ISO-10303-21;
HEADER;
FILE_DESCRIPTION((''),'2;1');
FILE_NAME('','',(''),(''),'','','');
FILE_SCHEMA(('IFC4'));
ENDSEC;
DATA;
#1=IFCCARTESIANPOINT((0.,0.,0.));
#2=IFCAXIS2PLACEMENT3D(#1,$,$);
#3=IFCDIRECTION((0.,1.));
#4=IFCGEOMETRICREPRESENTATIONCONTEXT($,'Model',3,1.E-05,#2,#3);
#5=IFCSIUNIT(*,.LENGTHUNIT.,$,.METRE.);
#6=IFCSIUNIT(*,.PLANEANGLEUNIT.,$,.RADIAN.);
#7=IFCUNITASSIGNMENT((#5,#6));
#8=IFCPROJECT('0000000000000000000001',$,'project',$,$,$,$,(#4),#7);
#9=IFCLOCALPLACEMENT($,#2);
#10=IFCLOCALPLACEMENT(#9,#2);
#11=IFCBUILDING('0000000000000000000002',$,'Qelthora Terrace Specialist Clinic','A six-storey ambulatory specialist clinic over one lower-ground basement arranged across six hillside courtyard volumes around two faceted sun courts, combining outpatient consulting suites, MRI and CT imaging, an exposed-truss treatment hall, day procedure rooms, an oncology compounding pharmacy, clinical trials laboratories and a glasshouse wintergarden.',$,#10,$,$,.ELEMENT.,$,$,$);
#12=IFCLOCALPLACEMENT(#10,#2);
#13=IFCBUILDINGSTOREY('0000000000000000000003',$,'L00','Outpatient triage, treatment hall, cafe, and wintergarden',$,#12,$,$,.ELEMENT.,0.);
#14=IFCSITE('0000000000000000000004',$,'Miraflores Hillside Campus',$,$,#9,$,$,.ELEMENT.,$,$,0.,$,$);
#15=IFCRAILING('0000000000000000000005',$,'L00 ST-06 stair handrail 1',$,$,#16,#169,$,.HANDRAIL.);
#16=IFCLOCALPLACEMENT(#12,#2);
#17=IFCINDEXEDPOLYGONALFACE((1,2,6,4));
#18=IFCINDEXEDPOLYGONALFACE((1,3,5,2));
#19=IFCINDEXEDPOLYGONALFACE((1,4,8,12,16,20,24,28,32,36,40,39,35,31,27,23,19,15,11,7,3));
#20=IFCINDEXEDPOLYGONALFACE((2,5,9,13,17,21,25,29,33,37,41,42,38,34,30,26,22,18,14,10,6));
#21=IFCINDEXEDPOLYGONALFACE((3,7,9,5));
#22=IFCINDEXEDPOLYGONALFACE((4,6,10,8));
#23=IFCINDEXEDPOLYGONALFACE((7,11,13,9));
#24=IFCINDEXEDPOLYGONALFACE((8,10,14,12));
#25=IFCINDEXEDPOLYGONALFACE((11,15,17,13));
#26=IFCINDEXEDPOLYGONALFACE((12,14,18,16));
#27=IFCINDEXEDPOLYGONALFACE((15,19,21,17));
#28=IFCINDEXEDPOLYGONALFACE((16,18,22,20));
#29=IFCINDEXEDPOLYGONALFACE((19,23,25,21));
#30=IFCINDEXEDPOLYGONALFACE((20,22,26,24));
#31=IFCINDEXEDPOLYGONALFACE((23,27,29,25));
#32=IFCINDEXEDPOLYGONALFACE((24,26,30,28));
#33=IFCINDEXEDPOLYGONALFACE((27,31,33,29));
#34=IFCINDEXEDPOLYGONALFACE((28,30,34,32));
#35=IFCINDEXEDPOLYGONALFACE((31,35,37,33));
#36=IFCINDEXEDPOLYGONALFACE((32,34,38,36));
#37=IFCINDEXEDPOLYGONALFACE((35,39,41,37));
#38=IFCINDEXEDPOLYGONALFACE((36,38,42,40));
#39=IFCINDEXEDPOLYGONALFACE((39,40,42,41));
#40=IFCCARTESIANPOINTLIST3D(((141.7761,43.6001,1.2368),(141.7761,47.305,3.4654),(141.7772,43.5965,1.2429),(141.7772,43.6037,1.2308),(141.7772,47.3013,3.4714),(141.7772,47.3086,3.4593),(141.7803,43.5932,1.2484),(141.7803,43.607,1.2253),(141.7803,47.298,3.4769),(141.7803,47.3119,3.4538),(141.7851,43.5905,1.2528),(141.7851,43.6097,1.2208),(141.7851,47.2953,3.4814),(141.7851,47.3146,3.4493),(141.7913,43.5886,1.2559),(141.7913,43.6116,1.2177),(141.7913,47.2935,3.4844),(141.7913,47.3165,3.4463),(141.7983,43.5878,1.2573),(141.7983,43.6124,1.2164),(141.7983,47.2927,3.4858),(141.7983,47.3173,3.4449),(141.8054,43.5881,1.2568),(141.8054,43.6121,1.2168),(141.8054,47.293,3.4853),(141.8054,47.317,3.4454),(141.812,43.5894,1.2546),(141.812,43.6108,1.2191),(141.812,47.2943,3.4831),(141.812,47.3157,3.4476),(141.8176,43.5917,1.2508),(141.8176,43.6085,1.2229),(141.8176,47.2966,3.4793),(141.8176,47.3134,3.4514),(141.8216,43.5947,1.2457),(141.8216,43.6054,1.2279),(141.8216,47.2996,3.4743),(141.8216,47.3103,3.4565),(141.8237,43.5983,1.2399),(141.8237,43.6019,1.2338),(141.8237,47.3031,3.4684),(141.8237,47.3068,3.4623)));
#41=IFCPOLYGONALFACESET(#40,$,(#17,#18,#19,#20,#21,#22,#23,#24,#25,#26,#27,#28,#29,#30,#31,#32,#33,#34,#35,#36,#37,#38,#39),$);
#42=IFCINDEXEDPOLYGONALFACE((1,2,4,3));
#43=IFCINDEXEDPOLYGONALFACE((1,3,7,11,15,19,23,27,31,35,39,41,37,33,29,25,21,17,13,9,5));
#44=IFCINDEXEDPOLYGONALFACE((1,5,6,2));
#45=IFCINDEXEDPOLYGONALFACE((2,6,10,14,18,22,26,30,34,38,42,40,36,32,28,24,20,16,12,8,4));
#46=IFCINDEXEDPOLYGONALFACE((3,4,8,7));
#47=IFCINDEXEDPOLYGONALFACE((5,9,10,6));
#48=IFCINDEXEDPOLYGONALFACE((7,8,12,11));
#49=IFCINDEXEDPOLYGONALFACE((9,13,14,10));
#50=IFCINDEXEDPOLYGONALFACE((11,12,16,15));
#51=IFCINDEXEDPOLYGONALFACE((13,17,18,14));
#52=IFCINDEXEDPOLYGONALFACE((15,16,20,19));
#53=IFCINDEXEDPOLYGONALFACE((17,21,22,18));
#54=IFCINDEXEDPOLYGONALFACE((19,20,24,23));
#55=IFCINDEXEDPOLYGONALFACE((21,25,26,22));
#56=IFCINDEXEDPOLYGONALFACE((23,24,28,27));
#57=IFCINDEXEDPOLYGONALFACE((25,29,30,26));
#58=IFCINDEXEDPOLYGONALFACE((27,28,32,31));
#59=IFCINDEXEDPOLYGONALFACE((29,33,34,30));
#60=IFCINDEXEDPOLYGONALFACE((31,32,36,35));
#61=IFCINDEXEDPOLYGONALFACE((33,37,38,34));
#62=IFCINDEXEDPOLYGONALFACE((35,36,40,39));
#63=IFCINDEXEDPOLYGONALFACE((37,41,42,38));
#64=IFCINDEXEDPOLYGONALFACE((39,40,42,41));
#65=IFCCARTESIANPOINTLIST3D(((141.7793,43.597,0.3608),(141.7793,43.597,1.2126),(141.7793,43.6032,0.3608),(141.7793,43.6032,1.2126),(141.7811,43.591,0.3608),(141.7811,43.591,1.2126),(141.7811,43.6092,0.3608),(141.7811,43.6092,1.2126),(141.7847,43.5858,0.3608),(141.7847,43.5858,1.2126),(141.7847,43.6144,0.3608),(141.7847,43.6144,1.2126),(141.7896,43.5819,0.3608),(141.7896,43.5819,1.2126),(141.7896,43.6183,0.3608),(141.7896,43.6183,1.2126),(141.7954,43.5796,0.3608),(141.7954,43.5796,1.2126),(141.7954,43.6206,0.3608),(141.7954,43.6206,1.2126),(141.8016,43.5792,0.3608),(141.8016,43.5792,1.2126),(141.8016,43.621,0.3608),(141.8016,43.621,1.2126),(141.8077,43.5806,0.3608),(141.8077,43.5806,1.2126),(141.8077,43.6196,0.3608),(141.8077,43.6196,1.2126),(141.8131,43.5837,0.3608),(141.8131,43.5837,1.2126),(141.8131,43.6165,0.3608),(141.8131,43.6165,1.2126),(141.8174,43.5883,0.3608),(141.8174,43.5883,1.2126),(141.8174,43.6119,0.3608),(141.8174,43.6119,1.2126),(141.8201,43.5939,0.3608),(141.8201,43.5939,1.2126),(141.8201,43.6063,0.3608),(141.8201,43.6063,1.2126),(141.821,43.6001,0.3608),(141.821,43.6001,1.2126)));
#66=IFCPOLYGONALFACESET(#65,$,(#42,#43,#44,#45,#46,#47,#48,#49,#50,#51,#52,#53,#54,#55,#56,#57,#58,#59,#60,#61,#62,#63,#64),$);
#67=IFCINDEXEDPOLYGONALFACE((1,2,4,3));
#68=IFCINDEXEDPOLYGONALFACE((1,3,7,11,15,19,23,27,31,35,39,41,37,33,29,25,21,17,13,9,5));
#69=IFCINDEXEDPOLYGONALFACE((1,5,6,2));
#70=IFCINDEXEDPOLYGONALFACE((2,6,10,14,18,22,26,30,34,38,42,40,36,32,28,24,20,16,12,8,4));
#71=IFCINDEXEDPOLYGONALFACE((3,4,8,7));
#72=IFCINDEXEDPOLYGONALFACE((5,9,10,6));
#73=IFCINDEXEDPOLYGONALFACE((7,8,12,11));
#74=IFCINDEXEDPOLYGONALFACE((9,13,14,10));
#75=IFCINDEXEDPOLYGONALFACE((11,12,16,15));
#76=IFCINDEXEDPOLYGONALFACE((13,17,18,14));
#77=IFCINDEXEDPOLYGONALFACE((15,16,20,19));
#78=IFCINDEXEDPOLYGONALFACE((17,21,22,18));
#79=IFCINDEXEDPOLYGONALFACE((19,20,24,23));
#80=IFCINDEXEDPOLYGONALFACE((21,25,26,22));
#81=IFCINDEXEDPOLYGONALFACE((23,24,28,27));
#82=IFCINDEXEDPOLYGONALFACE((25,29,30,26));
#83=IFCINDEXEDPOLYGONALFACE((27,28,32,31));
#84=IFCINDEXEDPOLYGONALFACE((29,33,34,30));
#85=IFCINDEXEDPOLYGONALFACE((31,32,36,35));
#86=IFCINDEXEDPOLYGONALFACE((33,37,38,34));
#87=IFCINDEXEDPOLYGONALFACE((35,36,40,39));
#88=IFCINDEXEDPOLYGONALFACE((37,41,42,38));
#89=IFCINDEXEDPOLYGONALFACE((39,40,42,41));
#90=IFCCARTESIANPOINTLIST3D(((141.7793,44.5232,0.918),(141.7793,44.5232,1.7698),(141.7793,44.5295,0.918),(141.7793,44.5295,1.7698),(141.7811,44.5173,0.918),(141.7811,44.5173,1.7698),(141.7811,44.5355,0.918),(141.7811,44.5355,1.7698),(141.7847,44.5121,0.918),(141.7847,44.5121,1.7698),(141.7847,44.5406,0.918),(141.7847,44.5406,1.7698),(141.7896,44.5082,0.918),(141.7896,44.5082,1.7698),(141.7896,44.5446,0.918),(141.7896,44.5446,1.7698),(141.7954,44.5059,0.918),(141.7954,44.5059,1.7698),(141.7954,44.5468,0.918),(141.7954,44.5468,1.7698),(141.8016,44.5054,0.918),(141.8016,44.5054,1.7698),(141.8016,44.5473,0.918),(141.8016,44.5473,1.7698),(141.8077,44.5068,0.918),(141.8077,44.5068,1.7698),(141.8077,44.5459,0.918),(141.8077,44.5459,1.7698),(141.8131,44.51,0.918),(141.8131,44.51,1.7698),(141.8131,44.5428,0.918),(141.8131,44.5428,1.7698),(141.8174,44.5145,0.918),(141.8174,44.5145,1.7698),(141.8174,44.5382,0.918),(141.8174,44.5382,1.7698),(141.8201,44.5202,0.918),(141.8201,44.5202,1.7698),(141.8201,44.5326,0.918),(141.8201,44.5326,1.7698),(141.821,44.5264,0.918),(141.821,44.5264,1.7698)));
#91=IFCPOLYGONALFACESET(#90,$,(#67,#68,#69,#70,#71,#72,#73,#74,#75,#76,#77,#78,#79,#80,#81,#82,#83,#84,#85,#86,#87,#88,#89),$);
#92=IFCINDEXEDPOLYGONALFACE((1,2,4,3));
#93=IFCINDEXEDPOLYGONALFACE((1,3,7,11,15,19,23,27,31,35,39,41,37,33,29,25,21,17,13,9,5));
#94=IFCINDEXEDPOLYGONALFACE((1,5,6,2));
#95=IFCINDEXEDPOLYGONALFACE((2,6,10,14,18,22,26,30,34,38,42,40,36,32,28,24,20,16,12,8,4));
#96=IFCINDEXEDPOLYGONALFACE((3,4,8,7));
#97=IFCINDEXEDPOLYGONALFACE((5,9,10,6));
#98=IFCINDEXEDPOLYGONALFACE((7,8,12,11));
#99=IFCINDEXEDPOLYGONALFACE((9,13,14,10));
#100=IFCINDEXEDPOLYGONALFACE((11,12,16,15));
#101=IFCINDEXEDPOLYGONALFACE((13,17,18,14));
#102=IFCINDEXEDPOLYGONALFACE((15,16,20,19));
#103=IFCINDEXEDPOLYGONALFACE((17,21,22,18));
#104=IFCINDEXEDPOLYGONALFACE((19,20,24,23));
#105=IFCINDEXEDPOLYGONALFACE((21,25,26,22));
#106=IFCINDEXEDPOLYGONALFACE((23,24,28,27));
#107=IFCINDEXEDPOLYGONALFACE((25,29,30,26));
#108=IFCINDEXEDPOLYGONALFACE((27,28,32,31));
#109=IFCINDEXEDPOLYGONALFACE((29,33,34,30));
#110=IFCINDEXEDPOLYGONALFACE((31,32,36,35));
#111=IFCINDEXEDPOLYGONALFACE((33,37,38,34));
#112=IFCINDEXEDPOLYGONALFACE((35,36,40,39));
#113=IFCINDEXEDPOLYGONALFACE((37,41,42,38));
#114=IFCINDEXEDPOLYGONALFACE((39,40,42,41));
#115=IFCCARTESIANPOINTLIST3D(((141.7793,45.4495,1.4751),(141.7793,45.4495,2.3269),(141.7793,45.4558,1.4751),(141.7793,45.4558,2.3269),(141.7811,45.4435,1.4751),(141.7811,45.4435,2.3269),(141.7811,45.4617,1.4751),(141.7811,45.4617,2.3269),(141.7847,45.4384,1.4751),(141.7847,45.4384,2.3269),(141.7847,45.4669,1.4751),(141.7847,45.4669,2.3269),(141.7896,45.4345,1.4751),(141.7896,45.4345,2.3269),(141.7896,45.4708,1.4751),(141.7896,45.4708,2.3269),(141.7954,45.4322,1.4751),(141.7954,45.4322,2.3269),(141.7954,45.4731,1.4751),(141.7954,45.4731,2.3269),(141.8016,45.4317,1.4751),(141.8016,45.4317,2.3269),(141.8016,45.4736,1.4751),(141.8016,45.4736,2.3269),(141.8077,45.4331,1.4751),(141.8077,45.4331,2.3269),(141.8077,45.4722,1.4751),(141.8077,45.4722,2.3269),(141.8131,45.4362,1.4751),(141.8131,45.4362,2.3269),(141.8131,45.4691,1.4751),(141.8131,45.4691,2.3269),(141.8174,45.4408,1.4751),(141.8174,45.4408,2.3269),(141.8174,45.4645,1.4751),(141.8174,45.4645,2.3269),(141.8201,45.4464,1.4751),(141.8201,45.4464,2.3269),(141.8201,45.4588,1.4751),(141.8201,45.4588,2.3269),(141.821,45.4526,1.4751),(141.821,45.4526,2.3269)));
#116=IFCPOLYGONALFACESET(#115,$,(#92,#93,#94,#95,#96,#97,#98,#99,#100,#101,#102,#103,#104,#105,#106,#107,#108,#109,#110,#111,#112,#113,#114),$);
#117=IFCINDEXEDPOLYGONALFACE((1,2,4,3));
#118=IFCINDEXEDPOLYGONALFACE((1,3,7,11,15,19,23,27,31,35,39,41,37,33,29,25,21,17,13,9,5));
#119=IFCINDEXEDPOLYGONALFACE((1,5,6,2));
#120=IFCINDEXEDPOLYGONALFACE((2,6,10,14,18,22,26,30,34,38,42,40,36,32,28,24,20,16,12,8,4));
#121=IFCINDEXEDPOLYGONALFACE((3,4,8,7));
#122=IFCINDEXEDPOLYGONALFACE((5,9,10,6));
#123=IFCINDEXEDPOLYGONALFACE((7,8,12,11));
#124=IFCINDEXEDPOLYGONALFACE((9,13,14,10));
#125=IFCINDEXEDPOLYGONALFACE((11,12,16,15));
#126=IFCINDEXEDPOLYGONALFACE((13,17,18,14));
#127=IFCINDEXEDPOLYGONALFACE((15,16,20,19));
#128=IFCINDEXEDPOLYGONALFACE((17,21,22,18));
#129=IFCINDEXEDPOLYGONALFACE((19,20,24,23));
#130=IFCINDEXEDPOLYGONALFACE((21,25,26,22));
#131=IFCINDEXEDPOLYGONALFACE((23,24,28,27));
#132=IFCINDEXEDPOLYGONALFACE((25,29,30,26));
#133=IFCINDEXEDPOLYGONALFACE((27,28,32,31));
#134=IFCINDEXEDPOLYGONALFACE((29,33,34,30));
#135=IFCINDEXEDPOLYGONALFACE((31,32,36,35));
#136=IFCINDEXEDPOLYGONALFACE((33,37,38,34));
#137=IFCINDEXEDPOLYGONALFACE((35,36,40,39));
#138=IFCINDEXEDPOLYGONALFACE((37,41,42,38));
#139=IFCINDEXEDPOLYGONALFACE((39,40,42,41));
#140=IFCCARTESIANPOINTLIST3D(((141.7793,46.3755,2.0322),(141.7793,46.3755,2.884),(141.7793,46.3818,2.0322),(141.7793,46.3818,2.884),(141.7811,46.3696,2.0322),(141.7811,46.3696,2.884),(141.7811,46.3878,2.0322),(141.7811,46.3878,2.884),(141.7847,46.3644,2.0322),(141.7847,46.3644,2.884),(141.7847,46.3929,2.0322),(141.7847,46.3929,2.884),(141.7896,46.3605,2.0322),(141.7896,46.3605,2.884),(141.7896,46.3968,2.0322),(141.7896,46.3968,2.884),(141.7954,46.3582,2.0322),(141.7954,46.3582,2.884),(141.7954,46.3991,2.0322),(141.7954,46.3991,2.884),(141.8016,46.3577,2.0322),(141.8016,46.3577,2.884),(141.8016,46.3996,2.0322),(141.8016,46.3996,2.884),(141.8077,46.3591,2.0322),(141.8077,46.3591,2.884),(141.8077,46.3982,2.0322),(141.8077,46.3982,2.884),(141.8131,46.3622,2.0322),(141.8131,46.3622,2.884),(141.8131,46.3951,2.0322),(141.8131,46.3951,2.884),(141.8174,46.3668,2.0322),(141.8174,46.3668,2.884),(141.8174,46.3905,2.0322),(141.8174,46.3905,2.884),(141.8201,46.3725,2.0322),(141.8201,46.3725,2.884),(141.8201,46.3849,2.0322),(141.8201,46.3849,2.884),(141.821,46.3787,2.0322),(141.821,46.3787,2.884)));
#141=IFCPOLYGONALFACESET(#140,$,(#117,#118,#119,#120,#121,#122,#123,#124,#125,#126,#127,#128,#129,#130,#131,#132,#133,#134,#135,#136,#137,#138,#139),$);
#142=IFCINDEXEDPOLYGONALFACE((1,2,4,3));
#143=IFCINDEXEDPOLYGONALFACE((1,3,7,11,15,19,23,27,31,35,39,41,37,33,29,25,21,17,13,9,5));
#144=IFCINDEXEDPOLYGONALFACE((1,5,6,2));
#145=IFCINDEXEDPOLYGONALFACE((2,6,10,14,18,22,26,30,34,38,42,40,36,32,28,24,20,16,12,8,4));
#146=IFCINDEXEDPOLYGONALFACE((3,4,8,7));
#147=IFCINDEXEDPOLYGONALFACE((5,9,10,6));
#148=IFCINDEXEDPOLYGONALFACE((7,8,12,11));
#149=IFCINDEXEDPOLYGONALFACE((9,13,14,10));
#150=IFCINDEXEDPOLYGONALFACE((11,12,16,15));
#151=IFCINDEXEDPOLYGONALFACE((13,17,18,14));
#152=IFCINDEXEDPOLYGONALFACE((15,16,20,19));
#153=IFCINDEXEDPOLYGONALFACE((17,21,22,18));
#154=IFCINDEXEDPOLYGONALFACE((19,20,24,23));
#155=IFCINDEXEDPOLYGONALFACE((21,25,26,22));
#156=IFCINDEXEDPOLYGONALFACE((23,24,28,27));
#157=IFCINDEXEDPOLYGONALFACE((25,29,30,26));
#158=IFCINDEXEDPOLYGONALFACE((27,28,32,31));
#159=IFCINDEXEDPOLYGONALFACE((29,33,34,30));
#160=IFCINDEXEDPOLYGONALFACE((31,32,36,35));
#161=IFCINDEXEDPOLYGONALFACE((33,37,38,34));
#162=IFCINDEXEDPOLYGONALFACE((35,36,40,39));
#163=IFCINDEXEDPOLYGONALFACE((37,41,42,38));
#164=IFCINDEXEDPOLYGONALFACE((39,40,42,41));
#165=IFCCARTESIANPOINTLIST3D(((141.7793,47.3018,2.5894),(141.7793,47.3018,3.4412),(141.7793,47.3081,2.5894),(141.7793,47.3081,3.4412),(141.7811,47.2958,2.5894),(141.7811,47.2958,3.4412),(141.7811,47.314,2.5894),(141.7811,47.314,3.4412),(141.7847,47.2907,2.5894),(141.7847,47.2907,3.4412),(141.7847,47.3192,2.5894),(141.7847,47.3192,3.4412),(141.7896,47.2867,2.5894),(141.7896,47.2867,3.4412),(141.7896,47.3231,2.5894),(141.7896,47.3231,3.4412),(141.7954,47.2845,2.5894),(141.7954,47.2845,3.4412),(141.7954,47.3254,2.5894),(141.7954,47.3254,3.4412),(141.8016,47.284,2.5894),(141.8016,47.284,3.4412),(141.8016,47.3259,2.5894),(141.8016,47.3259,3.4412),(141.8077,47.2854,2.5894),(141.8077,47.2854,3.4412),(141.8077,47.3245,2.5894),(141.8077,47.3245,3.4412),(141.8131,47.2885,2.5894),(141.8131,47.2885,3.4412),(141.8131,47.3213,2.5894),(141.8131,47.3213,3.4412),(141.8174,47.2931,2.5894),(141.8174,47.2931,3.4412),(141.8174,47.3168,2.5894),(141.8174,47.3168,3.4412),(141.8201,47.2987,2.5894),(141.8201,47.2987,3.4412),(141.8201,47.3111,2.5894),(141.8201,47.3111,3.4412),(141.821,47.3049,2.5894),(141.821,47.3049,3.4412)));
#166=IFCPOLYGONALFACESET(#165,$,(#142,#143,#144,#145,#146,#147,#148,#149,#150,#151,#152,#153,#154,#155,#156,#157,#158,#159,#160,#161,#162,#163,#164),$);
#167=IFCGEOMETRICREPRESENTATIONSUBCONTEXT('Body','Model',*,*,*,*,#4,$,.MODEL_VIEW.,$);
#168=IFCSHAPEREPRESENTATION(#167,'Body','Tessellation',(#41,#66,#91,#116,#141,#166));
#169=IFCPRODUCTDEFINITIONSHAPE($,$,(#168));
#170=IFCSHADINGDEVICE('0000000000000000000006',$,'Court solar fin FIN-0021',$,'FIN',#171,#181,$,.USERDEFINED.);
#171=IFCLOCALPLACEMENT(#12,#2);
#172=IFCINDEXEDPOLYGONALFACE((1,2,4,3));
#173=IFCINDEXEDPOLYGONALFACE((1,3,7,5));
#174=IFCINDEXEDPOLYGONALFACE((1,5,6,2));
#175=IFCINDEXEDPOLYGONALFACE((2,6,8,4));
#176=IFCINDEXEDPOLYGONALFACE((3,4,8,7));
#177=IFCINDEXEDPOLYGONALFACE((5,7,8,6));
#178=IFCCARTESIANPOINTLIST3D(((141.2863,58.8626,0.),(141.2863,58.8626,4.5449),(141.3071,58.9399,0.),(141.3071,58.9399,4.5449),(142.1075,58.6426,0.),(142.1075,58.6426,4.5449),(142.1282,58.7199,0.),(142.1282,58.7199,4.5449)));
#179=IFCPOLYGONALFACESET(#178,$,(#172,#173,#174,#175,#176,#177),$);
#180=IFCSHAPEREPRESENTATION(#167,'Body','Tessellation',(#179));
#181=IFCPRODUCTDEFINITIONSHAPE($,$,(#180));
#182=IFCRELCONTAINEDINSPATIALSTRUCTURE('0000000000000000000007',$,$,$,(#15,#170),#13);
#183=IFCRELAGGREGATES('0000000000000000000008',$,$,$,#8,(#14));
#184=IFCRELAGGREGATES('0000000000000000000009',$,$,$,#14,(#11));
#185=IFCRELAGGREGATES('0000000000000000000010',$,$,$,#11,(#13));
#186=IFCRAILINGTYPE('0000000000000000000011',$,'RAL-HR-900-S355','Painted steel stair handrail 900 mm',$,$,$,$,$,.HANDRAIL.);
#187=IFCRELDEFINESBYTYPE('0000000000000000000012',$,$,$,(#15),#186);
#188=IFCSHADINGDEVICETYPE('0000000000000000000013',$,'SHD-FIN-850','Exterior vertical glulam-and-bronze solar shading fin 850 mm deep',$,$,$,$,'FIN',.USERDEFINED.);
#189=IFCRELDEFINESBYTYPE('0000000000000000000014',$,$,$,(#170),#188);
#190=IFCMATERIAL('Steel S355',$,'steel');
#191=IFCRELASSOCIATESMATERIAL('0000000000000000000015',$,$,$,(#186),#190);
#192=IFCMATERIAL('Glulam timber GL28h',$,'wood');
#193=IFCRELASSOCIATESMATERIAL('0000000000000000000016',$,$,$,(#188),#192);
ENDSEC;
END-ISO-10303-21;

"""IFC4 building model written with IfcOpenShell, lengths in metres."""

from ifc_helpers import new_model, si_unit, direction, frame, origin, origin_2d, place, context, subcontext, project, spatial, rectangle, circle, extrude, material, type_object, element, save


model = new_model("IFC4")

# Units and contexts
model_context = context("Model", 3, precision=1e-05, world=origin(), true_north=direction((0.0, 1.0)))
body_context = subcontext(model_context, "Body", "Model", "MODEL_VIEW")
ifc_project = project(units=[si_unit("LENGTHUNIT", "METRE"), si_unit("PLANEANGLEUNIT", "RADIAN")], contexts=[model_context])

# Site, building, storey
site_placement = place(None, origin())
site = spatial("IfcSite", under=ifc_project, at=site_placement, Name="Miraflores Hillside Campus", CompositionType="ELEMENT", RefElevation=0.0)
building_placement = place(site_placement, origin())
building = spatial("IfcBuilding", under=site, at=building_placement, Name="Qelthora Terrace Specialist Clinic", Description="A six-storey ambulatory specialist clinic over one lower-ground basement arranged across six hillside courtyard volumes around two faceted sun courts, combining outpatient consulting suites, MRI and CT imaging, an exposed-truss treatment hall, day procedure rooms, an oncology compounding pharmacy, clinical trials laboratories and a glasshouse wintergarden.", CompositionType="ELEMENT")
storey_placement = place(building_placement, origin())
storey = spatial("IfcBuildingStorey", under=building, at=storey_placement, Name="L00", Description="Outpatient triage, treatment hall, cafe, and wintergarden", CompositionType="ELEMENT", Elevation=0.0)

# Shared definitions
ifc_material_1 = material(Name="Steel S355", Category="steel")

# Railing
railing_type = type_object("IfcRailingType", Name="RAL-HR-900-S355", Description="Painted steel stair handrail 900 mm", PredefinedType="HANDRAIL", material=ifc_material_1)
railing_placement = place(storey_placement, frame((141.8, 43.6001, 0.3608)))
element("IfcRailing", 1, at=railing_placement, inside=storey, type_object=railing_type, Name="L00 ST-06 stair handrail 1", PredefinedType="HANDRAIL", context=body_context, shape_type="SweptSolid", body=[
    extrude(circle(Radius=0.0239, at=origin_2d()), frame((0.0, 0.0, 0.876), z_axis=(0.0, 0.856919, 0.51545), x_axis=(-1.0, 0.0, 0.0)), (0.0, 0.0, 1.0), 4.3235),
    extrude(circle(Radius=0.021, at=origin_2d()), origin(), (0.0, 0.0, 1.0), 0.8518),
    extrude(circle(Radius=0.021, at=origin_2d()), frame((0.0, 0.9263, 0.5571)), (0.0, 0.0, 1.0), 0.8518),
    extrude(circle(Radius=0.021, at=origin_2d()), frame((0.0, 1.8525, 1.1143)), (0.0, 0.0, 1.0), 0.8518),
    extrude(circle(Radius=0.021, at=origin_2d()), frame((0.0, 2.7786, 1.6714)), (0.0, 0.0, 1.0), 0.8518),
    extrude(circle(Radius=0.021, at=origin_2d()), frame((0.0, 3.7048, 2.2285)), (0.0, 0.0, 1.0), 0.8518),
])

# Shading device
ifc_material_2 = material(Name="Glulam timber GL28h", Category="wood")
shading_device_type = type_object("IfcShadingDeviceType", Name="SHD-FIN-850", Description="Exterior vertical glulam-and-bronze solar shading fin 850 mm deep", ElementType="FIN", PredefinedType="USERDEFINED", material=ifc_material_2)
shading_device_placement = place(storey_placement, frame((141.7073, 58.7913, 0.0), z_axis=(0.0, 0.0, 1.0), x_axis=(-0.965926, 0.258819, 0.0)))
element("IfcShadingDevice", 2, at=shading_device_placement, inside=storey, type_object=shading_device_type, Name="Court solar fin FIN-0021", ObjectType="FIN", PredefinedType="USERDEFINED", context=body_context, shape_type="SweptSolid", body=[
    extrude(rectangle(XDim=0.8501, YDim=0.0801, at=origin_2d()), origin(), (0.0, 0.0, 1.0), 4.5449),
])

save(model, "model.ifc")
